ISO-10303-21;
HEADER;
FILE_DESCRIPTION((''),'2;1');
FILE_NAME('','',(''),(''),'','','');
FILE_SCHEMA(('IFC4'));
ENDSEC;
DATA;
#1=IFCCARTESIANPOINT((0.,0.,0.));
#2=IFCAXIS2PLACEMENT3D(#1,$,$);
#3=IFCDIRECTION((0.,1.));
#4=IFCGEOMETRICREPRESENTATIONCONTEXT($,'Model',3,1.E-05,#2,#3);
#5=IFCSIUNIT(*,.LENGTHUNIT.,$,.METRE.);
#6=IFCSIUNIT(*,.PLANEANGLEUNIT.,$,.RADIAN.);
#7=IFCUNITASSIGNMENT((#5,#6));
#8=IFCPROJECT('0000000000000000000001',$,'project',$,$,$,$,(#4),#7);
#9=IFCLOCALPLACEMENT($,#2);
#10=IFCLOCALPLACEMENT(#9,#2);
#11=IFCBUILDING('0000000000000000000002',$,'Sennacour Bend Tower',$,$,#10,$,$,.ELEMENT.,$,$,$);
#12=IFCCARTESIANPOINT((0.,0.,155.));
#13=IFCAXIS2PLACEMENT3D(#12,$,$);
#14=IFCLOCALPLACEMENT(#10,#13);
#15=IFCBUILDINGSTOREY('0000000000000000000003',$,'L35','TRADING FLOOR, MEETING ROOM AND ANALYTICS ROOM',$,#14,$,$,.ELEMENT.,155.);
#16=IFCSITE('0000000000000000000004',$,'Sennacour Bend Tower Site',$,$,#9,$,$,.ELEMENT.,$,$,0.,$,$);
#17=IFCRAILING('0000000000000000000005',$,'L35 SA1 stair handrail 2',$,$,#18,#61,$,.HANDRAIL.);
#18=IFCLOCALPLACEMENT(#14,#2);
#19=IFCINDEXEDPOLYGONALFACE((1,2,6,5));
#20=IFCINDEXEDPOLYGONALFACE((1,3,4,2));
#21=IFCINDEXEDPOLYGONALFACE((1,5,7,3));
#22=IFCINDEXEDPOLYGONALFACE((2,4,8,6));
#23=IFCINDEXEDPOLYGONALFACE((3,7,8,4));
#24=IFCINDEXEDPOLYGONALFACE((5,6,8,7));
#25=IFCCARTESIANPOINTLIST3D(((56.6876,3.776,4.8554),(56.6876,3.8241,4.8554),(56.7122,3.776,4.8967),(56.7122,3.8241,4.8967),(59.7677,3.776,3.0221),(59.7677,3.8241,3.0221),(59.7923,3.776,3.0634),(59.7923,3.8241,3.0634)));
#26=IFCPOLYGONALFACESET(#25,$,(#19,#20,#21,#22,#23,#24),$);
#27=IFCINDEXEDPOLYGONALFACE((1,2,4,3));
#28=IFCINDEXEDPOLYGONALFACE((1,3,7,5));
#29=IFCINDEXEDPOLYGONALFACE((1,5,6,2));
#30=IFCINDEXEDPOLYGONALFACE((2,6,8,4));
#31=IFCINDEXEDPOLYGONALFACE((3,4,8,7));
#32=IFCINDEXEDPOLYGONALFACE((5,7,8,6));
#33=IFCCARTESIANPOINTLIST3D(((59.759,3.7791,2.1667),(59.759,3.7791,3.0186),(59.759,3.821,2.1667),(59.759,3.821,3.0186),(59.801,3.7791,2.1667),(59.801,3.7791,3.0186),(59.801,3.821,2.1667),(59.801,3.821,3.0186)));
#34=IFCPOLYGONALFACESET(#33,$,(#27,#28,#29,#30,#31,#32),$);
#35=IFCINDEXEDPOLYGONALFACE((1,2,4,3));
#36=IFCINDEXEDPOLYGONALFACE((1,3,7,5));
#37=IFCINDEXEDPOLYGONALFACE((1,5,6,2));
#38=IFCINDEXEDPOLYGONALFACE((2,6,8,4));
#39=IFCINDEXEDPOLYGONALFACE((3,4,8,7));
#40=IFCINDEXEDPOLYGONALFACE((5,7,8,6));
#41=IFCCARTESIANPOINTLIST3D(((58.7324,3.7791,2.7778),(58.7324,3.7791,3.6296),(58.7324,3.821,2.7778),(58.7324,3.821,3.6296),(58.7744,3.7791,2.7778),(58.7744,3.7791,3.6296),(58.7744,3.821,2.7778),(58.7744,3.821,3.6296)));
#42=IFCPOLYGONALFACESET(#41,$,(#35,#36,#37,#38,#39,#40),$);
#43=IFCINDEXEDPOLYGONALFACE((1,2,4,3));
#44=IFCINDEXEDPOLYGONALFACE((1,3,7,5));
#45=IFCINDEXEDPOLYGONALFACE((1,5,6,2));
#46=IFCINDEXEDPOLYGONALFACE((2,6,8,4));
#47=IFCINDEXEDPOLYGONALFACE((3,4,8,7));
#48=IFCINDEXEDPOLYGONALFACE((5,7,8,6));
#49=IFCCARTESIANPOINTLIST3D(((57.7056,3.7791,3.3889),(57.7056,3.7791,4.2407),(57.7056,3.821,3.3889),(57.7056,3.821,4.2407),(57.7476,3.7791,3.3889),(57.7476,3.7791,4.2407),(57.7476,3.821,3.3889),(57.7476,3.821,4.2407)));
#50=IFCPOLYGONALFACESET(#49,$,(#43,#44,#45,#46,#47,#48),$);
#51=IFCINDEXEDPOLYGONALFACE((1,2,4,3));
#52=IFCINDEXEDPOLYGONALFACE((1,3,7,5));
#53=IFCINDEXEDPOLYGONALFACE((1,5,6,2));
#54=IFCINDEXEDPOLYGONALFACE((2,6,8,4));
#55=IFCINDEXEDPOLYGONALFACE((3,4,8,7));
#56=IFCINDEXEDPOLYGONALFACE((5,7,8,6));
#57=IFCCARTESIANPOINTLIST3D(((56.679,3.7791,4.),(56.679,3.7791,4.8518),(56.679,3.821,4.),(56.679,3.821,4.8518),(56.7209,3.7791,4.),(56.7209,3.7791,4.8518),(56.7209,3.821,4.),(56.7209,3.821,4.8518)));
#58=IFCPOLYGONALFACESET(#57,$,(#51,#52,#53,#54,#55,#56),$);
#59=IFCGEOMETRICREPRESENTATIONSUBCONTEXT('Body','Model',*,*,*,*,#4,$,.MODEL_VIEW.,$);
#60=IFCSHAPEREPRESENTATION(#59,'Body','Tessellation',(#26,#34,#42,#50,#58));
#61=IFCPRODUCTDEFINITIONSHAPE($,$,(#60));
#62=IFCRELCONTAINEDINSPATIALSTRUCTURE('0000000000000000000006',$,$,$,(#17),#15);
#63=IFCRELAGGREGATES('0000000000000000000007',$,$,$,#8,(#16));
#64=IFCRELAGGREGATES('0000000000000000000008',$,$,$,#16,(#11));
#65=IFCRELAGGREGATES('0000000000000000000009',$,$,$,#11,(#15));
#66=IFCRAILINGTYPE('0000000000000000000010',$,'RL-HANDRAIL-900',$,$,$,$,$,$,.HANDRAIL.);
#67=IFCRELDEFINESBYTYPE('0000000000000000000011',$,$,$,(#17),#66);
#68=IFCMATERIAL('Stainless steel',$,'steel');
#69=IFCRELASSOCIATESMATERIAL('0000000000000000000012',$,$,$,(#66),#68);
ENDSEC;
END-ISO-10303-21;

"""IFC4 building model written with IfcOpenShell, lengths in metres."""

from ifc_helpers import new_model, si_unit, direction, frame, origin, origin_2d, place, context, subcontext, project, spatial, rectangle, extrude, material, type_object, element, save


model = new_model("IFC4")

# Units and contexts
model_context = context("Model", 3, precision=1e-05, world=origin(), true_north=direction((0.0, 1.0)))
body_context = subcontext(model_context, "Body", "Model", "MODEL_VIEW")
ifc_project = project(units=[si_unit("LENGTHUNIT", "METRE"), si_unit("PLANEANGLEUNIT", "RADIAN")], contexts=[model_context])

# Site, building, storey
site_placement = place(None, origin())
site = spatial("IfcSite", under=ifc_project, at=site_placement, Name="Sennacour Bend Tower Site", CompositionType="ELEMENT", RefElevation=0.0)
building_placement = place(site_placement, origin())
building = spatial("IfcBuilding", under=site, at=building_placement, Name="Sennacour Bend Tower", CompositionType="ELEMENT")
storey_placement = place(building_placement, frame((0.0, 0.0, 155.0)))
storey = spatial("IfcBuildingStorey", under=building, at=storey_placement, Name="L35", Description="TRADING FLOOR, MEETING ROOM AND ANALYTICS ROOM", CompositionType="ELEMENT", Elevation=155.0)

# Shared definitions
ifc_material_1 = material(Name="Stainless steel", Category="steel")

# Railing
railing_type_1 = type_object("IfcRailingType", Name="RL-HANDRAIL-900", PredefinedType="HANDRAIL", material=ifc_material_1)
railing_1_placement = place(storey_placement, frame((59.78, 3.8, 2.1667)))
element("IfcRailing", 1, at=railing_1_placement, inside=storey, type_object=railing_type_1, Name="L35 SA1 stair handrail 2", PredefinedType="HANDRAIL", context=body_context, shape_type="SweptSolid", body=[
    extrude(rectangle(XDim=0.0481, YDim=0.0481, at=origin_2d()), frame((0.0, 0.0, 0.876), z_axis=(-0.859309, 0.0, 0.511458), x_axis=(0.0, -1.0, 0.0)), (0.0, 0.0, 1.0), 3.5845),
    extrude(rectangle(XDim=0.042, YDim=0.042, at=origin_2d()), origin(), (0.0, 0.0, 1.0), 0.8518),
    extrude(rectangle(XDim=0.042, YDim=0.042, at=origin_2d()), frame((-1.0266, 0.0, 0.6111)), (0.0, 0.0, 1.0), 0.8518),
    extrude(rectangle(XDim=0.042, YDim=0.042, at=origin_2d()), frame((-2.0535, 0.0, 1.2222)), (0.0, 0.0, 1.0), 0.8518),
    extrude(rectangle(XDim=0.042, YDim=0.042, at=origin_2d()), frame((-3.0801, 0.0, 1.8333)), (0.0, 0.0, 1.0), 0.8518),
])

save(model, "model.ifc")
